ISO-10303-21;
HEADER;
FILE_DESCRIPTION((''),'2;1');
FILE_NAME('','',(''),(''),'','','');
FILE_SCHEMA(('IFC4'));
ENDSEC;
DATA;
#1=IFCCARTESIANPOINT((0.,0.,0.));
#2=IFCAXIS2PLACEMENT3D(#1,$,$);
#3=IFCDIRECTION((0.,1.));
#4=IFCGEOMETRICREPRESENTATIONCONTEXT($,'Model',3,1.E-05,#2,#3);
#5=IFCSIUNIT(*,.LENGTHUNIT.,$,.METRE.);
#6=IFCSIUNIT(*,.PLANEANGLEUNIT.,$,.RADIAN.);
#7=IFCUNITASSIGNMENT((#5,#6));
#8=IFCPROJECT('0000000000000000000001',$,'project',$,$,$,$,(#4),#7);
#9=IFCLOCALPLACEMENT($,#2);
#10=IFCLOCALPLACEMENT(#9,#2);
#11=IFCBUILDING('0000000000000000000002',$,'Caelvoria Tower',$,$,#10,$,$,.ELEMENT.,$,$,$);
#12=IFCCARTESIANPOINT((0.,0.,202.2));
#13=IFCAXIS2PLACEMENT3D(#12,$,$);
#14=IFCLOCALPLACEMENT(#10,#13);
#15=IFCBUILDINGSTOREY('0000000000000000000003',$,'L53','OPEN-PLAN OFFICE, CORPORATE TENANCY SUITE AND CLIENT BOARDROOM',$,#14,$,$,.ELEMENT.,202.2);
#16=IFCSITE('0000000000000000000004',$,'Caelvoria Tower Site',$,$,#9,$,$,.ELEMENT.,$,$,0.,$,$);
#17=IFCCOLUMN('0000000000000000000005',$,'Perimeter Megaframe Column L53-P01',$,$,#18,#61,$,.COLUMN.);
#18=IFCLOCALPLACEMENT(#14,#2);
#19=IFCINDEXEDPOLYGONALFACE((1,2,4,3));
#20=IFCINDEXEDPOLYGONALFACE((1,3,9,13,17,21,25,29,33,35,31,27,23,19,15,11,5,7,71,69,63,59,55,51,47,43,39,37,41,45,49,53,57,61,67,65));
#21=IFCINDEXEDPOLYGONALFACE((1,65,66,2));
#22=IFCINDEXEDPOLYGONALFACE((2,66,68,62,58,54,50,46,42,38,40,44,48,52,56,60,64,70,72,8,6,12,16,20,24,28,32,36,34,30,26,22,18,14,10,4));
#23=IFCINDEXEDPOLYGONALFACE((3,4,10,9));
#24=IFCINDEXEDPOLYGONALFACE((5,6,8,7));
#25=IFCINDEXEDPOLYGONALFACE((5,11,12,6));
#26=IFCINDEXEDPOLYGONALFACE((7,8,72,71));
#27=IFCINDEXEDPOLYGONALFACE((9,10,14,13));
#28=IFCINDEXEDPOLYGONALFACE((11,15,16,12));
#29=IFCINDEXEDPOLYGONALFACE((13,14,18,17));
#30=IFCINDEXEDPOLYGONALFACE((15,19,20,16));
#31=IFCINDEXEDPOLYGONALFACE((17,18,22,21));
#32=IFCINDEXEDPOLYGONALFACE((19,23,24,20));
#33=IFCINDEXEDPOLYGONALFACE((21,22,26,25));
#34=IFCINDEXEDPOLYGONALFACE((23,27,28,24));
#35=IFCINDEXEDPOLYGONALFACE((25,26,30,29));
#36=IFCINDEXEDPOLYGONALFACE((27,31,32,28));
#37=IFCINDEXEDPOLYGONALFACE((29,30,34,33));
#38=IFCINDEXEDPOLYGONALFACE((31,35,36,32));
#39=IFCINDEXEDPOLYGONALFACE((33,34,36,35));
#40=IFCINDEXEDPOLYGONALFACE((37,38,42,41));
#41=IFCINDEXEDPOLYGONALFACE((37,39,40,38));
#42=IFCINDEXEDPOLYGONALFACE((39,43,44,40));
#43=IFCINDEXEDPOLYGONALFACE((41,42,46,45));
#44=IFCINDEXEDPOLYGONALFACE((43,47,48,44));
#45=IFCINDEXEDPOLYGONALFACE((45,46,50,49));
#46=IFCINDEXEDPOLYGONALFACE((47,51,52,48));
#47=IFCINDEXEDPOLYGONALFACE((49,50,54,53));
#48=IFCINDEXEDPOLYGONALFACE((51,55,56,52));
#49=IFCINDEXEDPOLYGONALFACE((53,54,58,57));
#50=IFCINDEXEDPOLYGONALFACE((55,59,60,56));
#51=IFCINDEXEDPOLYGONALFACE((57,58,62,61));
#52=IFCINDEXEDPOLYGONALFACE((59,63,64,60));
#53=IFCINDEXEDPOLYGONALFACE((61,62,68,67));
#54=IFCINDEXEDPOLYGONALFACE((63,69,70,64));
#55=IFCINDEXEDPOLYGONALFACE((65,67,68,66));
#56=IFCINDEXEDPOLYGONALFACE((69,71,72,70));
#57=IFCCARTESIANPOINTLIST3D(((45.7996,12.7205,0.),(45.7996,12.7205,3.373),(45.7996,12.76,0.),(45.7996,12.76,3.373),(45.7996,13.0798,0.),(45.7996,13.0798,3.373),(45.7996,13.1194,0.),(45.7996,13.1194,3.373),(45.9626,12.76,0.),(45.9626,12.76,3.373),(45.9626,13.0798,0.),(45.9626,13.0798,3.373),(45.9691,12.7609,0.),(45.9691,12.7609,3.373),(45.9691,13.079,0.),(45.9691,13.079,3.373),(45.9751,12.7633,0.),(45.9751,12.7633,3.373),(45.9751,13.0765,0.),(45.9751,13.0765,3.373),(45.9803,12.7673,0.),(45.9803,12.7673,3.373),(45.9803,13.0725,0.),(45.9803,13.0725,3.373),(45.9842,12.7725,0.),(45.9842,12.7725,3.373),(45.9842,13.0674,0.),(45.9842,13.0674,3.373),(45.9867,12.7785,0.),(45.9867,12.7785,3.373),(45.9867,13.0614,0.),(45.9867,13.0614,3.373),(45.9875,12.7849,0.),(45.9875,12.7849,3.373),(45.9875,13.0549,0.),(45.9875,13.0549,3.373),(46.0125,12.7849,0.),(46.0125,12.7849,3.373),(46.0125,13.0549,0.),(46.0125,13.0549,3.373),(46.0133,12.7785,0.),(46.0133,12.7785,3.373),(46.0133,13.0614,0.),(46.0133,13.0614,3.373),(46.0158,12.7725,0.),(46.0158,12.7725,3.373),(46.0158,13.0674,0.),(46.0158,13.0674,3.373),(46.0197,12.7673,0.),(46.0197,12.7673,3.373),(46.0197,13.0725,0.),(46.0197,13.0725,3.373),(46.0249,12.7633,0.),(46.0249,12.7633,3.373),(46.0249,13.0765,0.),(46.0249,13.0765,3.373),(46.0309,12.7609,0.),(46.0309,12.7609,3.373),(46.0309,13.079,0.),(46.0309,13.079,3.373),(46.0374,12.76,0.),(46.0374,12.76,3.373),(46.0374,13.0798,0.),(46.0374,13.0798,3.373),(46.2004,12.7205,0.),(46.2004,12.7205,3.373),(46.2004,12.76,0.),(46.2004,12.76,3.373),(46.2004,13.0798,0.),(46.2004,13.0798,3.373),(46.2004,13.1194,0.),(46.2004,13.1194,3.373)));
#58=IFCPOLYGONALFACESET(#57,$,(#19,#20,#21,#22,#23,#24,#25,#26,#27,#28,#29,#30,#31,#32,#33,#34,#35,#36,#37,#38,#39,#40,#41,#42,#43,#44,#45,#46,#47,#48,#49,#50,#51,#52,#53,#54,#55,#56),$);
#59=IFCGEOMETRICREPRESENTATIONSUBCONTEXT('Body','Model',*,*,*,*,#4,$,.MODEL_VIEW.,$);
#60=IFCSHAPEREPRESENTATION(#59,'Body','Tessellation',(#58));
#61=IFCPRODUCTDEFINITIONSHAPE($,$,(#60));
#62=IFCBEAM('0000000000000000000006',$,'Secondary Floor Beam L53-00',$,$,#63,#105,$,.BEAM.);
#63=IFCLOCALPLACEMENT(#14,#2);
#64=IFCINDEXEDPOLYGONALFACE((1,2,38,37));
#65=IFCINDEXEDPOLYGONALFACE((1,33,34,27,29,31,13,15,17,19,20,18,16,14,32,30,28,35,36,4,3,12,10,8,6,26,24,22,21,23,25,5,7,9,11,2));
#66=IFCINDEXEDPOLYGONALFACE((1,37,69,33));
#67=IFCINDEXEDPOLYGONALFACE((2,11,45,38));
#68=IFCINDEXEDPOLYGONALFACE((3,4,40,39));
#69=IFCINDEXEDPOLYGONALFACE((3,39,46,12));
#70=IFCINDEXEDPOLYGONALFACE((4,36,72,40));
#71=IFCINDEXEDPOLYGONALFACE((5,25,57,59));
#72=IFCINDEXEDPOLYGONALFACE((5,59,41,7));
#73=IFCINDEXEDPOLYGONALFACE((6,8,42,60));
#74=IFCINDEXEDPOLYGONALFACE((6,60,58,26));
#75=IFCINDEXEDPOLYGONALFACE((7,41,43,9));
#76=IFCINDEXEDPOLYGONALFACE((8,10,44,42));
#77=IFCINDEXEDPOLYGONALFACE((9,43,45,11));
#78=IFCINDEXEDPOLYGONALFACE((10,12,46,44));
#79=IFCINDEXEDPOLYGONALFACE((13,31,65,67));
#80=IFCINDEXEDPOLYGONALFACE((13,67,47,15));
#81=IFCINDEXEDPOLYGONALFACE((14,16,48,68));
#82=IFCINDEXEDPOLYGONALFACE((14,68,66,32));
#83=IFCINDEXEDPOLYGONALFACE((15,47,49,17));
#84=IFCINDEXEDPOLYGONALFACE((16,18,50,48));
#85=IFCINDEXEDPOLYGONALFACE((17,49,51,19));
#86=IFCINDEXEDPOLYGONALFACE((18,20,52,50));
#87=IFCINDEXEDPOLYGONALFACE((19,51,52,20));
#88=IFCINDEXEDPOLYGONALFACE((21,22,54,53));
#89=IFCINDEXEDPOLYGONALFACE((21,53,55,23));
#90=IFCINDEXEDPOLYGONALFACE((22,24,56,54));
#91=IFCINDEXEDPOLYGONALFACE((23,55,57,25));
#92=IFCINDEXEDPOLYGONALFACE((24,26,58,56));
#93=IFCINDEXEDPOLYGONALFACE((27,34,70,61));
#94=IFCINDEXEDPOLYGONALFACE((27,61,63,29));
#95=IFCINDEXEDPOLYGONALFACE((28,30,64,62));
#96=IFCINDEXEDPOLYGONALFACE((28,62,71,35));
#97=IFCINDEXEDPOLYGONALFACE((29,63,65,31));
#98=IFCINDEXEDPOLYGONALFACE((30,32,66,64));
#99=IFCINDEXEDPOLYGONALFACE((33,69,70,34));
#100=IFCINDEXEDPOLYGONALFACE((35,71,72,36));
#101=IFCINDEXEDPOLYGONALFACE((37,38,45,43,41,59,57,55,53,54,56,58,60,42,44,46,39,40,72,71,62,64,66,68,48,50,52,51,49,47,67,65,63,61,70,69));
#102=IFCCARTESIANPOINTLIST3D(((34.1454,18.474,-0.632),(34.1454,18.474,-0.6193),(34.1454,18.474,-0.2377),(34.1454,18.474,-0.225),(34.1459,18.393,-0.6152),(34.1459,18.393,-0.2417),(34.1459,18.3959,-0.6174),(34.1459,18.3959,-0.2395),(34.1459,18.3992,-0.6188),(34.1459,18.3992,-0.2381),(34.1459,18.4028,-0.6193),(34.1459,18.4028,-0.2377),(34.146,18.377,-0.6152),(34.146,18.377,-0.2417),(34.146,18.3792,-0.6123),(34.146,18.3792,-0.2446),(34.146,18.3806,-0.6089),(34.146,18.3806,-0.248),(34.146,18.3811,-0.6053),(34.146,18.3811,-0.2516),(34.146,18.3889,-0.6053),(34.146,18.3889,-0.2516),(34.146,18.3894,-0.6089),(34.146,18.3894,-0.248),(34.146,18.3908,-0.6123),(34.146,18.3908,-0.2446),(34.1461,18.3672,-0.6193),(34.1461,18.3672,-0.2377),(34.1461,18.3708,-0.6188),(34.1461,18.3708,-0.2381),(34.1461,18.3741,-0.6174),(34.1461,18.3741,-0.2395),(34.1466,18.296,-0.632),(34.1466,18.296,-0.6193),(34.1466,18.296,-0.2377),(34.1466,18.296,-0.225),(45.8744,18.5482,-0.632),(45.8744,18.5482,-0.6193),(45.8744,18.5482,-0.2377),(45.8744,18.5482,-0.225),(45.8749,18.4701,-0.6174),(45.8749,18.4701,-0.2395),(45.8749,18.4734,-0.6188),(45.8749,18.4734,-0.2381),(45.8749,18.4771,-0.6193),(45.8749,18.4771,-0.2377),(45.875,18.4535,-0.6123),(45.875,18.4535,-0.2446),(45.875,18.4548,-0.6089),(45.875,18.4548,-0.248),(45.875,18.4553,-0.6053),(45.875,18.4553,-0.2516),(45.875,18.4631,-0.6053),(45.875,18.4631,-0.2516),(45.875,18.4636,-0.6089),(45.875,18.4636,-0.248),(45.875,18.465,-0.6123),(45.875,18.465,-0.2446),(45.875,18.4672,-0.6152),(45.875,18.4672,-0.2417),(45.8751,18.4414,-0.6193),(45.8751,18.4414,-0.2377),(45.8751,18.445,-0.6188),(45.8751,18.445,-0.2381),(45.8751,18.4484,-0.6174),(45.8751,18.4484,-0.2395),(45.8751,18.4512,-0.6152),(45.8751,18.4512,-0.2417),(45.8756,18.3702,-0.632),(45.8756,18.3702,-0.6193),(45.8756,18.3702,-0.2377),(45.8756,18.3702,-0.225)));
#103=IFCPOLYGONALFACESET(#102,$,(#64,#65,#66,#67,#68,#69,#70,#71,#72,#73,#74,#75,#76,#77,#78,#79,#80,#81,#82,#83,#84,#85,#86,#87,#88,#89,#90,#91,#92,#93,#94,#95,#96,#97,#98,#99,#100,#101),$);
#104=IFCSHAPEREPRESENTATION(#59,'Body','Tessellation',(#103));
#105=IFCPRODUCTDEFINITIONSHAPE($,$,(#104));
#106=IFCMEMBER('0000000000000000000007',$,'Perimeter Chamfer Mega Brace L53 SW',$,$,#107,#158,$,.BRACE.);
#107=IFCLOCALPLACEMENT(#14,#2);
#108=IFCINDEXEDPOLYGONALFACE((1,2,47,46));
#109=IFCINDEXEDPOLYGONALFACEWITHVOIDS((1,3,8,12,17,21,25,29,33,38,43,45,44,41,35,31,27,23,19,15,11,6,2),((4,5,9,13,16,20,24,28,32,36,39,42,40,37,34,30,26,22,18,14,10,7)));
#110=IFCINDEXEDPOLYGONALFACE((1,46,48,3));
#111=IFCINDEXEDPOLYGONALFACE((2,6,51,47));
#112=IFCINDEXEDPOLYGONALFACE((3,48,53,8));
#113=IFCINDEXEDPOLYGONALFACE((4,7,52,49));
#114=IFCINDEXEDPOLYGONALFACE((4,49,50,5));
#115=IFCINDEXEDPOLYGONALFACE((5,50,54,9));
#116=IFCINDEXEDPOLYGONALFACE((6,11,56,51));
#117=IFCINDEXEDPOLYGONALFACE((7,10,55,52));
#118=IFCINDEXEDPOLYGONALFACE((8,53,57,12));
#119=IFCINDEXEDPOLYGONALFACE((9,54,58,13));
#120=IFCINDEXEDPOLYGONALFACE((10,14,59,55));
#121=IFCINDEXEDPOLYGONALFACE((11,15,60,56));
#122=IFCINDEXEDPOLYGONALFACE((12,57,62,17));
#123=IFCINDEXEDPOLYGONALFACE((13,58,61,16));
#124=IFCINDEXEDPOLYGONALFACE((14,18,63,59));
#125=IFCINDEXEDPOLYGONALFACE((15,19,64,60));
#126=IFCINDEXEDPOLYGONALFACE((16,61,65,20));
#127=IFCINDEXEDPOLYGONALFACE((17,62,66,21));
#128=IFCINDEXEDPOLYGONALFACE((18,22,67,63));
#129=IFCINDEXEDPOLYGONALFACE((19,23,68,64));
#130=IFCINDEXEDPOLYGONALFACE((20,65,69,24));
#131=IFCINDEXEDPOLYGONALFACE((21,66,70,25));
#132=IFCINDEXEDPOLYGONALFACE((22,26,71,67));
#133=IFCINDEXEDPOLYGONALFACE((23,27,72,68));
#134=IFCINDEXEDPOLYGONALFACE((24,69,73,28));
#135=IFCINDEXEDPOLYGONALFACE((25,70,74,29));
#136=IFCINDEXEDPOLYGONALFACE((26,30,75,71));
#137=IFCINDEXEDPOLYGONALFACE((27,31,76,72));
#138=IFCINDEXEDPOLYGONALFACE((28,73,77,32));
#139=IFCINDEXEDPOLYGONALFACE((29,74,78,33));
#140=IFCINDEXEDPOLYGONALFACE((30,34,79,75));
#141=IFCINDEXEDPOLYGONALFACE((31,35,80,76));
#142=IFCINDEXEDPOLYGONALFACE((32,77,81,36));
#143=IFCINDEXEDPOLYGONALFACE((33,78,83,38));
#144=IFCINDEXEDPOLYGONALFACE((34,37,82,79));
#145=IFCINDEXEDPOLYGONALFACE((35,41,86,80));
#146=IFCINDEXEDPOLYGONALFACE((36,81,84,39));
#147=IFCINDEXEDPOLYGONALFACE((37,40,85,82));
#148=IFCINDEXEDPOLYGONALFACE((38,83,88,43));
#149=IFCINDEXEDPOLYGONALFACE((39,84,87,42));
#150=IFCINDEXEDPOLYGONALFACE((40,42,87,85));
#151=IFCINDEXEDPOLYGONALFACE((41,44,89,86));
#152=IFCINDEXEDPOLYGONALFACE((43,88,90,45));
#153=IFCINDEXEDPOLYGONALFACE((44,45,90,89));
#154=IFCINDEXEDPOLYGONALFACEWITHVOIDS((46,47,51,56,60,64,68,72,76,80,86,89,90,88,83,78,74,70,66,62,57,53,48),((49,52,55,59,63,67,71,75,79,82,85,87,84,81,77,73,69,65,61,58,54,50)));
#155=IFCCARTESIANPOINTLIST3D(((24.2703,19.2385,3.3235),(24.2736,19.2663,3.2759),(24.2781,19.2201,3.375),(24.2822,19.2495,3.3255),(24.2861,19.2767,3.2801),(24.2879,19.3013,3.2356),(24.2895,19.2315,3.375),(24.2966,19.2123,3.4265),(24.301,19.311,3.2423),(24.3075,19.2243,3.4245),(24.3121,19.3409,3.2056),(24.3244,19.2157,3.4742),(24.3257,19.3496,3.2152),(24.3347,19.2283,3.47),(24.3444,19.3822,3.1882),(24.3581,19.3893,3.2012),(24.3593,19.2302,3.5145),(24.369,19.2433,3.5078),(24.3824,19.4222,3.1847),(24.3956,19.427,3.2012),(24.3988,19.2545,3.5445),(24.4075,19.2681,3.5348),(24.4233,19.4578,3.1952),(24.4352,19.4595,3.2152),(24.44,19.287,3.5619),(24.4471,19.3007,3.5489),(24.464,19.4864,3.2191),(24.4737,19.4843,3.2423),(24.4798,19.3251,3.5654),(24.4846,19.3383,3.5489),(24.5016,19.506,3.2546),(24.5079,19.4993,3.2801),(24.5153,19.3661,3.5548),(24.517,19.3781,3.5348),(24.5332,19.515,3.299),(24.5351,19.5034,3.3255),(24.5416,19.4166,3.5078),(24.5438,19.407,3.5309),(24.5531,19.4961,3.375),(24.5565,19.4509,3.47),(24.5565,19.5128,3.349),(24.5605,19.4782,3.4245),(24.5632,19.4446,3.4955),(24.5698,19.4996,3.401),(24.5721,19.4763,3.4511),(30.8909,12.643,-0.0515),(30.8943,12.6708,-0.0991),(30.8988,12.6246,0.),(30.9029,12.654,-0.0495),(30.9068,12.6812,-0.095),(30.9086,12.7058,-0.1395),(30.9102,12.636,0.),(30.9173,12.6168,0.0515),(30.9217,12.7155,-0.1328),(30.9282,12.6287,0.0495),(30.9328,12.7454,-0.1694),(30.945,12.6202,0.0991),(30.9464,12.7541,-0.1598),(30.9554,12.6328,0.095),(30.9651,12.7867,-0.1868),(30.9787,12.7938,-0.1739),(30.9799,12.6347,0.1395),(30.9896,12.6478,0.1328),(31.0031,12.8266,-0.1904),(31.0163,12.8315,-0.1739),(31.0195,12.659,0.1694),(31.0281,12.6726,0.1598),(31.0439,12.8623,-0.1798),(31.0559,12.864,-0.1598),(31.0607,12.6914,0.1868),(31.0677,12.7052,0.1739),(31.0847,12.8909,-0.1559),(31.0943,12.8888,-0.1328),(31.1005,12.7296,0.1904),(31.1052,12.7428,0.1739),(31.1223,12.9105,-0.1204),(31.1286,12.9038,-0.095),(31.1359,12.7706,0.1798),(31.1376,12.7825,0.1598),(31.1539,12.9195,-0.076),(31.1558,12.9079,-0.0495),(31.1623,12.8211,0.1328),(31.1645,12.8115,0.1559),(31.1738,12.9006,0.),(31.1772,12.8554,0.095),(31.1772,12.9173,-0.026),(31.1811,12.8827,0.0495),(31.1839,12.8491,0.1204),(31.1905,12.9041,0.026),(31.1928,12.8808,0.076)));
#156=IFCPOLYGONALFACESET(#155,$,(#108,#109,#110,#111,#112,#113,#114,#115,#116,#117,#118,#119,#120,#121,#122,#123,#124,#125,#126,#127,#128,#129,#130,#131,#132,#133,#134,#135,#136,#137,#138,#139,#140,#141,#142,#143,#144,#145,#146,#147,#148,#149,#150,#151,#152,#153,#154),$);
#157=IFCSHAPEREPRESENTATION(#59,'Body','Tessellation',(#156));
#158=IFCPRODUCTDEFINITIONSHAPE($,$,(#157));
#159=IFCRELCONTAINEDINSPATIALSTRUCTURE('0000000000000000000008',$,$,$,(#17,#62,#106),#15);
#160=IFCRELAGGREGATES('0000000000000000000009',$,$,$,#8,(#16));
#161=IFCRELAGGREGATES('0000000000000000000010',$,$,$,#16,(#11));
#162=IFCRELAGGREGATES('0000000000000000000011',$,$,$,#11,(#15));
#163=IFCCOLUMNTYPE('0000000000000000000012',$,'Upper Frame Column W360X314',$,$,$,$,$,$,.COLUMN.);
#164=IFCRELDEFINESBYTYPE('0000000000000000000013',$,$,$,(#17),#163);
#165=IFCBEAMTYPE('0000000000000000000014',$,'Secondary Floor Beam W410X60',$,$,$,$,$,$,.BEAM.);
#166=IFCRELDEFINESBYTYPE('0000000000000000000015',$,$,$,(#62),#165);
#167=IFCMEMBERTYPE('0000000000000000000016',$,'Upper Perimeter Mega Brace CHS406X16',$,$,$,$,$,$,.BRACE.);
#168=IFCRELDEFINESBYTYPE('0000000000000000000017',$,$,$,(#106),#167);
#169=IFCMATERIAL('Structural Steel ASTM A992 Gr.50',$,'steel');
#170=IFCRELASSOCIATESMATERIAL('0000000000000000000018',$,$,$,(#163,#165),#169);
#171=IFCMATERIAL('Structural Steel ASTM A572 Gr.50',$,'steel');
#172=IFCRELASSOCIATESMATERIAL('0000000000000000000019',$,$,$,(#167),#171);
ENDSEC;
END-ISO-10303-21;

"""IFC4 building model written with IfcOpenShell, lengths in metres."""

from ifc_helpers import new_model, si_unit, direction, frame, origin, origin_2d, place, context, subcontext, project, spatial, hollow_circle, i_section, extrude, material, material_profile, profile_set, type_object, element, save


model = new_model("IFC4")

# Units and contexts
model_context = context("Model", 3, precision=1e-05, world=origin(), true_north=direction((0.0, 1.0)))
body_context = subcontext(model_context, "Body", "Model", "MODEL_VIEW")
ifc_project = project(units=[si_unit("LENGTHUNIT", "METRE"), si_unit("PLANEANGLEUNIT", "RADIAN")], contexts=[model_context])

# Site, building, storey
site_placement = place(None, origin())
site = spatial("IfcSite", under=ifc_project, at=site_placement, Name="Caelvoria Tower Site", CompositionType="ELEMENT", RefElevation=0.0)
building_placement = place(site_placement, origin())
building = spatial("IfcBuilding", under=site, at=building_placement, Name="Caelvoria Tower", CompositionType="ELEMENT")
storey_placement = place(building_placement, frame((0.0, 0.0, 202.2)))
storey = spatial("IfcBuildingStorey", under=building, at=storey_placement, Name="L53", Description="OPEN-PLAN OFFICE, CORPORATE TENANCY SUITE AND CLIENT BOARDROOM", CompositionType="ELEMENT", Elevation=202.2)

# Column
ifc_material_1 = material(Name="Structural Steel ASTM A992 Gr.50", Category="steel")
ifc_material_profile_1 = material_profile(ifc_material_1, i_section(OverallWidth=0.4009, OverallDepth=0.3989, WebThickness=0.0249, FlangeThickness=0.0396, FilletRadius=0.0249, at=origin_2d()), Name="Structural Steel ASTM A992 Gr.50")
ifc_profile_set_1 = profile_set([ifc_material_profile_1], Name="W360X314 - Structural Steel ASTM A992 Gr.50")
column_type = type_object("IfcColumnType", Name="Upper Frame Column W360X314", PredefinedType="COLUMN", material=ifc_profile_set_1)
column_placement = place(storey_placement, frame((46.0, 12.9199, 0.0), z_axis=(0.0, 0.0, 1.0), x_axis=(1.0, 0.0, 0.0)))
element("IfcColumn", 1, at=column_placement, inside=storey, type_object=column_type, Name="Perimeter Megaframe Column L53-P01", PredefinedType="COLUMN", context=body_context, shape_type="SweptSolid", body=[
    extrude(i_section(OverallWidth=0.4009, OverallDepth=0.3989, WebThickness=0.0249, FlangeThickness=0.0396, FilletRadius=0.0249, at=origin_2d()), origin(), (0.0, 0.0, 1.0), 3.373),
])

# Beam
ifc_material_profile_2 = material_profile(ifc_material_1, i_section(OverallWidth=0.178, OverallDepth=0.407, WebThickness=0.0078, FlangeThickness=0.0127, FilletRadius=0.0139, at=origin_2d()), Name="Structural Steel ASTM A992 Gr.50")
ifc_profile_set_2 = profile_set([ifc_material_profile_2], Name="W410X60 - Structural Steel ASTM A992 Gr.50")
beam_type_1 = type_object("IfcBeamType", Name="Secondary Floor Beam W410X60", PredefinedType="BEAM", material=ifc_profile_set_2)
beam_1_placement = place(storey_placement, frame((34.146, 18.385, -0.4285), z_axis=(0.99998, 0.006328, 0.0), x_axis=(-0.006328, 0.99998, 0.0)))
element("IfcBeam", 2, at=beam_1_placement, inside=storey, type_object=beam_type_1, Name="Secondary Floor Beam L53-00", PredefinedType="BEAM", context=body_context, shape_type="SweptSolid", body=[
    extrude(i_section(OverallWidth=0.178, OverallDepth=0.407, WebThickness=0.0078, FlangeThickness=0.0127, FilletRadius=0.0139, at=origin_2d()), origin(), (0.0, 0.0, 1.0), 11.7292),
])

# Member
ifc_material_2 = material(Name="Structural Steel ASTM A572 Gr.50", Category="steel")
ifc_material_profile_3 = material_profile(ifc_material_2, hollow_circle(Radius=0.2029, WallThickness=0.0161, at=origin_2d()), Name="Structural Steel ASTM A572 Gr.50")
ifc_profile_set_3 = profile_set([ifc_material_profile_3], Name="CHS406X16 - Structural Steel ASTM A572 Gr.50")
member_type = type_object("IfcMemberType", Name="Upper Perimeter Mega Brace CHS406X16", PredefinedType="BRACE", material=ifc_profile_set_3)
member_placement = place(storey_placement, frame((31.042, 12.7683, 0.0), z_axis=(-0.666328, 0.663797, 0.339676), x_axis=(-0.70576, -0.708451, 0.0)))
element("IfcMember", 3, at=member_placement, inside=storey, type_object=member_type, Name="Perimeter Chamfer Mega Brace L53 SW", PredefinedType="BRACE", context=body_context, shape_type="SweptSolid", body=[
    extrude(hollow_circle(Radius=0.2029, WallThickness=0.0161, at=origin_2d()), origin(), (0.0, 0.0, 1.0), 9.936),
])

save(model, "model.ifc")
